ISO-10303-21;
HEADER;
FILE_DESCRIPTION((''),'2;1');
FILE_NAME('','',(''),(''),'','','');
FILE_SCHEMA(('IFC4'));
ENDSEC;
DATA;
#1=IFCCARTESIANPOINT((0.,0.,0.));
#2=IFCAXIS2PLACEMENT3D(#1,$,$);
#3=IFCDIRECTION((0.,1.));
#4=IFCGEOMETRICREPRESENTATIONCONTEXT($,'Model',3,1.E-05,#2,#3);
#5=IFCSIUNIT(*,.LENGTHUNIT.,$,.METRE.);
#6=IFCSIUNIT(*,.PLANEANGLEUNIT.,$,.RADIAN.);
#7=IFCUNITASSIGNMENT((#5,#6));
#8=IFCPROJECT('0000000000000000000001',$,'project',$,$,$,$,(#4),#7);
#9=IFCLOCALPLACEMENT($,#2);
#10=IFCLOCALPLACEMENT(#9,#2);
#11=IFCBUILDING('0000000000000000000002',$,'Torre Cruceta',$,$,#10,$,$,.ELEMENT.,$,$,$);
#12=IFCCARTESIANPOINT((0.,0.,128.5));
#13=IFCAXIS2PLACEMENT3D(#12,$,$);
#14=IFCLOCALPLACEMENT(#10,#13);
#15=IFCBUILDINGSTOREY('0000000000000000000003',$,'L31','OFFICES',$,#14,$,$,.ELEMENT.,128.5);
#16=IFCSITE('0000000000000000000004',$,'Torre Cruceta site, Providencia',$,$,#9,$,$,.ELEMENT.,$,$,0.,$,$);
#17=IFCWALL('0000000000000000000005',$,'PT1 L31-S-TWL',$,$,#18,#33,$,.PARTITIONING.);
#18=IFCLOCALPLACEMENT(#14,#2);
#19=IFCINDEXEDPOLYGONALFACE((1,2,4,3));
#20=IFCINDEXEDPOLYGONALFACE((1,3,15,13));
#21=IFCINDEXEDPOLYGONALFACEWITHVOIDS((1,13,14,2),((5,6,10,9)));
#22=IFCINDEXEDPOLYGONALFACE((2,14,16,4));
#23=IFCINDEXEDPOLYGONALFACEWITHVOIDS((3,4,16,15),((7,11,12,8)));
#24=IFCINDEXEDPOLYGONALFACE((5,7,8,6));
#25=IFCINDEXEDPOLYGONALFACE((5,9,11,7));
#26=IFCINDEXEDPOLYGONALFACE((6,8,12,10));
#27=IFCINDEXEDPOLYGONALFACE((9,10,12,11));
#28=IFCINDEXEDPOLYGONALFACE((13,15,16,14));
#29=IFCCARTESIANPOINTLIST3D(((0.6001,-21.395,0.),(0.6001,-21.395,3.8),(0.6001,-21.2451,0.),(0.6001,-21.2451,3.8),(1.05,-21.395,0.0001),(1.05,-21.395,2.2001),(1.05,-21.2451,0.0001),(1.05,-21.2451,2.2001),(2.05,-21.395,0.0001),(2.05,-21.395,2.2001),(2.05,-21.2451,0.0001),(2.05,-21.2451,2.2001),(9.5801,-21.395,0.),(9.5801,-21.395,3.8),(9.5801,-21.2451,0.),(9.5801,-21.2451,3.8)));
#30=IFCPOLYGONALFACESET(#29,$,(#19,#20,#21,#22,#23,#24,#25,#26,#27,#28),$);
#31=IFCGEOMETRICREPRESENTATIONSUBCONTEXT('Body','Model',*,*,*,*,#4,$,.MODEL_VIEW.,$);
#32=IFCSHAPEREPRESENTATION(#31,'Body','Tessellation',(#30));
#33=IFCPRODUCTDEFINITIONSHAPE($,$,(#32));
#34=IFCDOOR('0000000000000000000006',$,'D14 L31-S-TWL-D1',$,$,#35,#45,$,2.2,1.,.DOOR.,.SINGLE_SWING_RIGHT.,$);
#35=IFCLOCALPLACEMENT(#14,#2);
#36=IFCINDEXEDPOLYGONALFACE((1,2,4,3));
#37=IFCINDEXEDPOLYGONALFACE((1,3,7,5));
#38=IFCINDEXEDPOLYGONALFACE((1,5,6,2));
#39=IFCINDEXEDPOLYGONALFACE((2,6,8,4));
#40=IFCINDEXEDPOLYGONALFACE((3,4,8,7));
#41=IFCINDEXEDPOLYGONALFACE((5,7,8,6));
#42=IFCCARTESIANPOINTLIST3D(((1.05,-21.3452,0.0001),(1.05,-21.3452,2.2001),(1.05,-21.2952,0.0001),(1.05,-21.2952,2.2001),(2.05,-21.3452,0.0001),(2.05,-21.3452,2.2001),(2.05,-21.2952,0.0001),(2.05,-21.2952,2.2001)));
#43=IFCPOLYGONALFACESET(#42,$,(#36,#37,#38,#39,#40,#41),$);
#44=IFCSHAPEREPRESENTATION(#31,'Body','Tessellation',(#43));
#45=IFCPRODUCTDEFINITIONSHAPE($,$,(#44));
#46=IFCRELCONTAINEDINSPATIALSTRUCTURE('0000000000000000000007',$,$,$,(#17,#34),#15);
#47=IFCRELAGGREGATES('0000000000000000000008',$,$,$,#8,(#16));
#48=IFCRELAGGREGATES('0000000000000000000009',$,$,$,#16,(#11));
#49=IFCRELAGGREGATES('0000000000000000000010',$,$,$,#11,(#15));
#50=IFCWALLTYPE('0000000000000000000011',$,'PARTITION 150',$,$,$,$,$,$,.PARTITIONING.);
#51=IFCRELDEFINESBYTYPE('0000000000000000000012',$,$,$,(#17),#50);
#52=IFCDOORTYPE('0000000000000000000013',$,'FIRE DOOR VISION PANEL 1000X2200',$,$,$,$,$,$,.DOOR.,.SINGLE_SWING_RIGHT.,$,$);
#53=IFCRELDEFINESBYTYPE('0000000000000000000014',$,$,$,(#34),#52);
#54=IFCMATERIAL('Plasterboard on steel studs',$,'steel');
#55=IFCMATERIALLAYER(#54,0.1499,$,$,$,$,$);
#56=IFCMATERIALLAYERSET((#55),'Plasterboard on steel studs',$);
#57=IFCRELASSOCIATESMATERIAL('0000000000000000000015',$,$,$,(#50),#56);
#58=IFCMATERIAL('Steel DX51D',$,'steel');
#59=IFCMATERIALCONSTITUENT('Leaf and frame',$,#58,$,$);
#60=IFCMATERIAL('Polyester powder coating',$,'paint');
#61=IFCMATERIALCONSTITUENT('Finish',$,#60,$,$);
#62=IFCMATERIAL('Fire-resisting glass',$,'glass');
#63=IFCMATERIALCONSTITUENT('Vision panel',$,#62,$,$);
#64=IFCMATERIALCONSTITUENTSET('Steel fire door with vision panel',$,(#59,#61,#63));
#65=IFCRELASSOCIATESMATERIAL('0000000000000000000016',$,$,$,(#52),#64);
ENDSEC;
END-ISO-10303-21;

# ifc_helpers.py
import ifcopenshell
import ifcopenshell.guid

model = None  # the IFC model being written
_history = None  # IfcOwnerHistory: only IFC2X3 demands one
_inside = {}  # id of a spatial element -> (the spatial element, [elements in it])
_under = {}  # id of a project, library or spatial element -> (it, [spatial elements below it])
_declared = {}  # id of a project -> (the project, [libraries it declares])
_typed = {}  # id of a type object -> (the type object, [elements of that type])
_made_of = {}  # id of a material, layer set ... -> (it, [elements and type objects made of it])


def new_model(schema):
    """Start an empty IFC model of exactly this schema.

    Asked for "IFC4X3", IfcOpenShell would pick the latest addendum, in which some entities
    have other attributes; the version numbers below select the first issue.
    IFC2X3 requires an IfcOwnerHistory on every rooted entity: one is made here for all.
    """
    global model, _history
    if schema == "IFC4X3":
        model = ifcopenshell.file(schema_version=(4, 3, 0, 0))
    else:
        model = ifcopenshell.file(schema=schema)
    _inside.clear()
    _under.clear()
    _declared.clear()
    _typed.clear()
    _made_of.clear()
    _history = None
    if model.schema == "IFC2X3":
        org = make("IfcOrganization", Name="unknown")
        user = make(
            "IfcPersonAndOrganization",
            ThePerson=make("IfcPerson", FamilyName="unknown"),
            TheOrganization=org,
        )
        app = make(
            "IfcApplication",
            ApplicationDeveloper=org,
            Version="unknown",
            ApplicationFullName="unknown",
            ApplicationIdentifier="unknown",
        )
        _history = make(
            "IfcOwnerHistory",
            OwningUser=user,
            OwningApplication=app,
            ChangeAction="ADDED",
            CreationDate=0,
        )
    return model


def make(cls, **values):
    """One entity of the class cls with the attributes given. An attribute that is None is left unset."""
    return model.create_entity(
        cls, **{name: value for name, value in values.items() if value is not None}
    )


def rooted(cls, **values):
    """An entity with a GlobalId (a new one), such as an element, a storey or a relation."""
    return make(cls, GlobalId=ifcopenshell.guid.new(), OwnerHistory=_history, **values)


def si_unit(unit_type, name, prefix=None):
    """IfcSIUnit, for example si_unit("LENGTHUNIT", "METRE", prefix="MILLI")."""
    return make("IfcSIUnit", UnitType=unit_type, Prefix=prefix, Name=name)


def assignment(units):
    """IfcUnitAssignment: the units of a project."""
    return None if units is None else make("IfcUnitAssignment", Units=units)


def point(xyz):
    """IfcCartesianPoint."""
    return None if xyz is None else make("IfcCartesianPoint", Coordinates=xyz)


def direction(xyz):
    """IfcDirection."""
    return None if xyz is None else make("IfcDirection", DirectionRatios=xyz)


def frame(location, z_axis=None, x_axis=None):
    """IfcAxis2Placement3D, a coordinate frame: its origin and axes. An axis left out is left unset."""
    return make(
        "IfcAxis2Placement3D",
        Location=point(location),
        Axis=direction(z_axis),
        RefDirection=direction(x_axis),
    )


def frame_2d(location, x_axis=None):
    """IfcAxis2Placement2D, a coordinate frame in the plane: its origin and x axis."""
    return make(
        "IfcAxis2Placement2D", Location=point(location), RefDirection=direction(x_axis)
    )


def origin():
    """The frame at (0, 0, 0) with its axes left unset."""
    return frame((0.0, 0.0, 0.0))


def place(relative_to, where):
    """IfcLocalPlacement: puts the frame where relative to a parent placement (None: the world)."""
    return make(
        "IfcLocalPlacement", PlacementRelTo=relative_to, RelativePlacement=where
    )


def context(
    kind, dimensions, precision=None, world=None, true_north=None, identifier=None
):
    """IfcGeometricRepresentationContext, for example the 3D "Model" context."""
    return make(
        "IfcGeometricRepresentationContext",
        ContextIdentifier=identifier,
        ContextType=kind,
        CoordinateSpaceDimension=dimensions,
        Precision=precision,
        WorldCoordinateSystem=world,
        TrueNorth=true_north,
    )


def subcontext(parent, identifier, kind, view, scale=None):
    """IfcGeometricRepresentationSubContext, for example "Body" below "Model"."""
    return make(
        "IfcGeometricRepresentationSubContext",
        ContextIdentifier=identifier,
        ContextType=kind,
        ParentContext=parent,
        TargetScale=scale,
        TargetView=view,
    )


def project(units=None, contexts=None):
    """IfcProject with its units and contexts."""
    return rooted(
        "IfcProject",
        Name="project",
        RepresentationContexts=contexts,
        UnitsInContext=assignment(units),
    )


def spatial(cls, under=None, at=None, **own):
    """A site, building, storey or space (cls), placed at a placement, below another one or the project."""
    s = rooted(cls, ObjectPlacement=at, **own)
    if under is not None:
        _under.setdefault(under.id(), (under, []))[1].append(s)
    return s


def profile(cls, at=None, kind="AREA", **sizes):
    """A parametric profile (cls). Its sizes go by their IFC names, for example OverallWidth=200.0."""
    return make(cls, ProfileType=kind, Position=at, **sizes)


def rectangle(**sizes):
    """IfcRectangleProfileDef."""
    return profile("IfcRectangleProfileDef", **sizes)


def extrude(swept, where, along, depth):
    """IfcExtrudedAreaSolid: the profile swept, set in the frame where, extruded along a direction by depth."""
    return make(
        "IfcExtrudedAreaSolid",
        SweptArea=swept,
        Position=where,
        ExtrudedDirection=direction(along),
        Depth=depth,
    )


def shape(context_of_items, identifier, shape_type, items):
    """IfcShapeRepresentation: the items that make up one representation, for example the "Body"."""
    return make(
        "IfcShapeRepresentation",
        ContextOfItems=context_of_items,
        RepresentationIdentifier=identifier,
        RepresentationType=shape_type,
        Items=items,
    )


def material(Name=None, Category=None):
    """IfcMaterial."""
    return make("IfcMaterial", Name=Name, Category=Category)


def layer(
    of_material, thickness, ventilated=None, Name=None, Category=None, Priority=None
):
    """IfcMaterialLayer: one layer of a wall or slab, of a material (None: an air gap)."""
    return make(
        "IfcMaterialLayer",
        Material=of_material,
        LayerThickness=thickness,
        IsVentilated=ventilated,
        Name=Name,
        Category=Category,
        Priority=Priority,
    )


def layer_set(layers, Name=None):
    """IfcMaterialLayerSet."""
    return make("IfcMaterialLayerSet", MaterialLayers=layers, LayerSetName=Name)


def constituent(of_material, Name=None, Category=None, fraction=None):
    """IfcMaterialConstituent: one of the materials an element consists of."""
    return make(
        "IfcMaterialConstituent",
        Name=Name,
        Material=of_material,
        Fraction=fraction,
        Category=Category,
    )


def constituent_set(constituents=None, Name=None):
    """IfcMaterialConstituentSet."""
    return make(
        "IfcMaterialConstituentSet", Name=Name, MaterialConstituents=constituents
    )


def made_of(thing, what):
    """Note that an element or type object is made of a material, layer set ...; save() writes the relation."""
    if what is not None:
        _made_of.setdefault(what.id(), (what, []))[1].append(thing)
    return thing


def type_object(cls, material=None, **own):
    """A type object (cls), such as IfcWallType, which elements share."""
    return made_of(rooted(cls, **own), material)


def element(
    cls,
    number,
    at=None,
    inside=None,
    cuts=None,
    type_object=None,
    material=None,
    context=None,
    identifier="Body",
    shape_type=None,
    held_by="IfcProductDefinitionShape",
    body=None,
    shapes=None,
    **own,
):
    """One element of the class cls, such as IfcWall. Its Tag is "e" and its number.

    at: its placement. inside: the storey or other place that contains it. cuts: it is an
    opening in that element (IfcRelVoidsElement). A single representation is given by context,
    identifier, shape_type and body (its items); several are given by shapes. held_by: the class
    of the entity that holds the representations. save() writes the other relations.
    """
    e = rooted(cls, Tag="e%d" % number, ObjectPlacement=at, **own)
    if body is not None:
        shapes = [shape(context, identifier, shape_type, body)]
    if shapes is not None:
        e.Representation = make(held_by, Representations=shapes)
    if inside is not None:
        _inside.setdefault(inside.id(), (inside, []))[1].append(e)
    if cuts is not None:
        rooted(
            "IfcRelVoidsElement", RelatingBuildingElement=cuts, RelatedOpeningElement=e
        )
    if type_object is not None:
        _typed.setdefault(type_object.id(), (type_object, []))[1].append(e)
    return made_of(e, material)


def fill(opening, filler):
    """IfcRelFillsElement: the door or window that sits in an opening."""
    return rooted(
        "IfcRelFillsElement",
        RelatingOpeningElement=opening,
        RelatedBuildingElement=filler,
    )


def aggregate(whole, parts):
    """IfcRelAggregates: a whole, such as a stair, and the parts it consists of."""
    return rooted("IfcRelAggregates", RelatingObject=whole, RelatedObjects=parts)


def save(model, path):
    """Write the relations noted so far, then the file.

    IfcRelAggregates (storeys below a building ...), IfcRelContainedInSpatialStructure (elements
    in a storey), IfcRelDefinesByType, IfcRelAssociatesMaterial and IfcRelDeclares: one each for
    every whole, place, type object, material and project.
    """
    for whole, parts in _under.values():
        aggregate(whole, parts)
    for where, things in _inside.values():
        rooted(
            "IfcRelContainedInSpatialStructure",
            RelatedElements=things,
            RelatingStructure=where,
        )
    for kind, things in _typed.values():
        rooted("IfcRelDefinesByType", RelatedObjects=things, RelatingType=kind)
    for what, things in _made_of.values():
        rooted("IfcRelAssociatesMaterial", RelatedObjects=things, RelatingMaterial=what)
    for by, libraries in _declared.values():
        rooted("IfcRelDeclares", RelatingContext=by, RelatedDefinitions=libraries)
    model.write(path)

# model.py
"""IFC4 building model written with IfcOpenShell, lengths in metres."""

from ifc_helpers import new_model, si_unit, direction, frame, frame_2d, origin, place, context, subcontext, project, spatial, rectangle, extrude, material, layer, layer_set, constituent, constituent_set, type_object, element, fill, save


model = new_model("IFC4")

# Units and contexts
model_context = context("Model", 3, precision=1e-05, world=origin(), true_north=direction((0.0, 1.0)))
body_context = subcontext(model_context, "Body", "Model", "MODEL_VIEW")
ifc_project = project(units=[si_unit("LENGTHUNIT", "METRE"), si_unit("PLANEANGLEUNIT", "RADIAN")], contexts=[model_context])

# Site, building, storey
site_placement = place(None, origin())
site = spatial("IfcSite", under=ifc_project, at=site_placement, Name="Torre Cruceta site, Providencia", CompositionType="ELEMENT", RefElevation=0.0)
building_placement = place(site_placement, origin())
building = spatial("IfcBuilding", under=site, at=building_placement, Name="Torre Cruceta", CompositionType="ELEMENT")
storey_placement = place(building_placement, frame((0.0, 0.0, 128.5)))
storey = spatial("IfcBuildingStorey", under=building, at=storey_placement, Name="L31", Description="OFFICES", CompositionType="ELEMENT", Elevation=128.5)

# Wall, opening, door
ifc_material_1 = material(Name="Plasterboard on steel studs", Category="steel")
ifc_layer_1 = layer(ifc_material_1, 0.1499)
ifc_layer_set_1 = layer_set([ifc_layer_1], Name="Plasterboard on steel studs")
wall_type_1 = type_object("IfcWallType", Name="PARTITION 150", PredefinedType="PARTITIONING", material=ifc_layer_set_1)
wall_1_placement = place(storey_placement, frame((0.6001, -21.3201, 0.0), z_axis=(0.0, 0.0, 1.0), x_axis=(1.0, 0.0, 0.0)))
wall_1 = element("IfcWall", 1, at=wall_1_placement, inside=storey, type_object=wall_type_1, Name="PT1 L31-S-TWL", PredefinedType="PARTITIONING", context=body_context, shape_type="SweptSolid", body=[
    extrude(rectangle(XDim=8.98, YDim=0.1499, at=frame_2d((4.49, 0.0))), origin(), (0.0, 0.0, 1.0), 3.8),
])
opening_1_placement = place(wall_1_placement, frame((0.45, 0.0, 0.0)))
opening_1 = element("IfcOpeningElement", 2, at=opening_1_placement, cuts=wall_1, PredefinedType="OPENING", context=body_context, shape_type="SweptSolid", body=[
    extrude(rectangle(XDim=1.0, YDim=2.2, at=frame_2d((0.5, 1.1001))), frame((0.0, 0.085, 0.0), z_axis=(0.0, -1.0, 0.0), x_axis=(1.0, 0.0, 0.0)), (0.0, 0.0, 1.0), 0.1699),
])
ifc_material_2 = material(Name="Steel DX51D", Category="steel")
ifc_constituent_1 = constituent(ifc_material_2, Name="Leaf and frame")
ifc_material_3 = material(Name="Polyester powder coating", Category="paint")
ifc_constituent_2 = constituent(ifc_material_3, Name="Finish")
ifc_material_4 = material(Name="Fire-resisting glass", Category="glass")
ifc_constituent_3 = constituent(ifc_material_4, Name="Vision panel")
ifc_constituent_set_1 = constituent_set(constituents=[ifc_constituent_1, ifc_constituent_2, ifc_constituent_3], Name="Steel fire door with vision panel")
door_type = type_object("IfcDoorType", Name="FIRE DOOR VISION PANEL 1000X2200", OperationType="SINGLE_SWING_RIGHT", PredefinedType="DOOR", material=ifc_constituent_set_1)
door_placement = place(opening_1_placement, frame((1.0, 0.0, 0.0), z_axis=(0.0, 0.0, 1.0), x_axis=(-1.0, 0.0, 0.0)))
door = element("IfcDoor", 3, at=door_placement, inside=storey, type_object=door_type, Name="D14 L31-S-TWL-D1", OperationType="SINGLE_SWING_RIGHT", OverallHeight=2.2, OverallWidth=1.0, PredefinedType="DOOR", context=body_context, shape_type="SweptSolid", body=[
    extrude(rectangle(XDim=1.0, YDim=2.2, at=frame_2d((0.5, 1.1001))), frame((0.0, 0.0251, 0.0), z_axis=(0.0, -1.0, 0.0), x_axis=(1.0, 0.0, 0.0)), (0.0, 0.0, 1.0), 0.05),
])
fill(opening_1, door)

save(model, "model.ifc")
